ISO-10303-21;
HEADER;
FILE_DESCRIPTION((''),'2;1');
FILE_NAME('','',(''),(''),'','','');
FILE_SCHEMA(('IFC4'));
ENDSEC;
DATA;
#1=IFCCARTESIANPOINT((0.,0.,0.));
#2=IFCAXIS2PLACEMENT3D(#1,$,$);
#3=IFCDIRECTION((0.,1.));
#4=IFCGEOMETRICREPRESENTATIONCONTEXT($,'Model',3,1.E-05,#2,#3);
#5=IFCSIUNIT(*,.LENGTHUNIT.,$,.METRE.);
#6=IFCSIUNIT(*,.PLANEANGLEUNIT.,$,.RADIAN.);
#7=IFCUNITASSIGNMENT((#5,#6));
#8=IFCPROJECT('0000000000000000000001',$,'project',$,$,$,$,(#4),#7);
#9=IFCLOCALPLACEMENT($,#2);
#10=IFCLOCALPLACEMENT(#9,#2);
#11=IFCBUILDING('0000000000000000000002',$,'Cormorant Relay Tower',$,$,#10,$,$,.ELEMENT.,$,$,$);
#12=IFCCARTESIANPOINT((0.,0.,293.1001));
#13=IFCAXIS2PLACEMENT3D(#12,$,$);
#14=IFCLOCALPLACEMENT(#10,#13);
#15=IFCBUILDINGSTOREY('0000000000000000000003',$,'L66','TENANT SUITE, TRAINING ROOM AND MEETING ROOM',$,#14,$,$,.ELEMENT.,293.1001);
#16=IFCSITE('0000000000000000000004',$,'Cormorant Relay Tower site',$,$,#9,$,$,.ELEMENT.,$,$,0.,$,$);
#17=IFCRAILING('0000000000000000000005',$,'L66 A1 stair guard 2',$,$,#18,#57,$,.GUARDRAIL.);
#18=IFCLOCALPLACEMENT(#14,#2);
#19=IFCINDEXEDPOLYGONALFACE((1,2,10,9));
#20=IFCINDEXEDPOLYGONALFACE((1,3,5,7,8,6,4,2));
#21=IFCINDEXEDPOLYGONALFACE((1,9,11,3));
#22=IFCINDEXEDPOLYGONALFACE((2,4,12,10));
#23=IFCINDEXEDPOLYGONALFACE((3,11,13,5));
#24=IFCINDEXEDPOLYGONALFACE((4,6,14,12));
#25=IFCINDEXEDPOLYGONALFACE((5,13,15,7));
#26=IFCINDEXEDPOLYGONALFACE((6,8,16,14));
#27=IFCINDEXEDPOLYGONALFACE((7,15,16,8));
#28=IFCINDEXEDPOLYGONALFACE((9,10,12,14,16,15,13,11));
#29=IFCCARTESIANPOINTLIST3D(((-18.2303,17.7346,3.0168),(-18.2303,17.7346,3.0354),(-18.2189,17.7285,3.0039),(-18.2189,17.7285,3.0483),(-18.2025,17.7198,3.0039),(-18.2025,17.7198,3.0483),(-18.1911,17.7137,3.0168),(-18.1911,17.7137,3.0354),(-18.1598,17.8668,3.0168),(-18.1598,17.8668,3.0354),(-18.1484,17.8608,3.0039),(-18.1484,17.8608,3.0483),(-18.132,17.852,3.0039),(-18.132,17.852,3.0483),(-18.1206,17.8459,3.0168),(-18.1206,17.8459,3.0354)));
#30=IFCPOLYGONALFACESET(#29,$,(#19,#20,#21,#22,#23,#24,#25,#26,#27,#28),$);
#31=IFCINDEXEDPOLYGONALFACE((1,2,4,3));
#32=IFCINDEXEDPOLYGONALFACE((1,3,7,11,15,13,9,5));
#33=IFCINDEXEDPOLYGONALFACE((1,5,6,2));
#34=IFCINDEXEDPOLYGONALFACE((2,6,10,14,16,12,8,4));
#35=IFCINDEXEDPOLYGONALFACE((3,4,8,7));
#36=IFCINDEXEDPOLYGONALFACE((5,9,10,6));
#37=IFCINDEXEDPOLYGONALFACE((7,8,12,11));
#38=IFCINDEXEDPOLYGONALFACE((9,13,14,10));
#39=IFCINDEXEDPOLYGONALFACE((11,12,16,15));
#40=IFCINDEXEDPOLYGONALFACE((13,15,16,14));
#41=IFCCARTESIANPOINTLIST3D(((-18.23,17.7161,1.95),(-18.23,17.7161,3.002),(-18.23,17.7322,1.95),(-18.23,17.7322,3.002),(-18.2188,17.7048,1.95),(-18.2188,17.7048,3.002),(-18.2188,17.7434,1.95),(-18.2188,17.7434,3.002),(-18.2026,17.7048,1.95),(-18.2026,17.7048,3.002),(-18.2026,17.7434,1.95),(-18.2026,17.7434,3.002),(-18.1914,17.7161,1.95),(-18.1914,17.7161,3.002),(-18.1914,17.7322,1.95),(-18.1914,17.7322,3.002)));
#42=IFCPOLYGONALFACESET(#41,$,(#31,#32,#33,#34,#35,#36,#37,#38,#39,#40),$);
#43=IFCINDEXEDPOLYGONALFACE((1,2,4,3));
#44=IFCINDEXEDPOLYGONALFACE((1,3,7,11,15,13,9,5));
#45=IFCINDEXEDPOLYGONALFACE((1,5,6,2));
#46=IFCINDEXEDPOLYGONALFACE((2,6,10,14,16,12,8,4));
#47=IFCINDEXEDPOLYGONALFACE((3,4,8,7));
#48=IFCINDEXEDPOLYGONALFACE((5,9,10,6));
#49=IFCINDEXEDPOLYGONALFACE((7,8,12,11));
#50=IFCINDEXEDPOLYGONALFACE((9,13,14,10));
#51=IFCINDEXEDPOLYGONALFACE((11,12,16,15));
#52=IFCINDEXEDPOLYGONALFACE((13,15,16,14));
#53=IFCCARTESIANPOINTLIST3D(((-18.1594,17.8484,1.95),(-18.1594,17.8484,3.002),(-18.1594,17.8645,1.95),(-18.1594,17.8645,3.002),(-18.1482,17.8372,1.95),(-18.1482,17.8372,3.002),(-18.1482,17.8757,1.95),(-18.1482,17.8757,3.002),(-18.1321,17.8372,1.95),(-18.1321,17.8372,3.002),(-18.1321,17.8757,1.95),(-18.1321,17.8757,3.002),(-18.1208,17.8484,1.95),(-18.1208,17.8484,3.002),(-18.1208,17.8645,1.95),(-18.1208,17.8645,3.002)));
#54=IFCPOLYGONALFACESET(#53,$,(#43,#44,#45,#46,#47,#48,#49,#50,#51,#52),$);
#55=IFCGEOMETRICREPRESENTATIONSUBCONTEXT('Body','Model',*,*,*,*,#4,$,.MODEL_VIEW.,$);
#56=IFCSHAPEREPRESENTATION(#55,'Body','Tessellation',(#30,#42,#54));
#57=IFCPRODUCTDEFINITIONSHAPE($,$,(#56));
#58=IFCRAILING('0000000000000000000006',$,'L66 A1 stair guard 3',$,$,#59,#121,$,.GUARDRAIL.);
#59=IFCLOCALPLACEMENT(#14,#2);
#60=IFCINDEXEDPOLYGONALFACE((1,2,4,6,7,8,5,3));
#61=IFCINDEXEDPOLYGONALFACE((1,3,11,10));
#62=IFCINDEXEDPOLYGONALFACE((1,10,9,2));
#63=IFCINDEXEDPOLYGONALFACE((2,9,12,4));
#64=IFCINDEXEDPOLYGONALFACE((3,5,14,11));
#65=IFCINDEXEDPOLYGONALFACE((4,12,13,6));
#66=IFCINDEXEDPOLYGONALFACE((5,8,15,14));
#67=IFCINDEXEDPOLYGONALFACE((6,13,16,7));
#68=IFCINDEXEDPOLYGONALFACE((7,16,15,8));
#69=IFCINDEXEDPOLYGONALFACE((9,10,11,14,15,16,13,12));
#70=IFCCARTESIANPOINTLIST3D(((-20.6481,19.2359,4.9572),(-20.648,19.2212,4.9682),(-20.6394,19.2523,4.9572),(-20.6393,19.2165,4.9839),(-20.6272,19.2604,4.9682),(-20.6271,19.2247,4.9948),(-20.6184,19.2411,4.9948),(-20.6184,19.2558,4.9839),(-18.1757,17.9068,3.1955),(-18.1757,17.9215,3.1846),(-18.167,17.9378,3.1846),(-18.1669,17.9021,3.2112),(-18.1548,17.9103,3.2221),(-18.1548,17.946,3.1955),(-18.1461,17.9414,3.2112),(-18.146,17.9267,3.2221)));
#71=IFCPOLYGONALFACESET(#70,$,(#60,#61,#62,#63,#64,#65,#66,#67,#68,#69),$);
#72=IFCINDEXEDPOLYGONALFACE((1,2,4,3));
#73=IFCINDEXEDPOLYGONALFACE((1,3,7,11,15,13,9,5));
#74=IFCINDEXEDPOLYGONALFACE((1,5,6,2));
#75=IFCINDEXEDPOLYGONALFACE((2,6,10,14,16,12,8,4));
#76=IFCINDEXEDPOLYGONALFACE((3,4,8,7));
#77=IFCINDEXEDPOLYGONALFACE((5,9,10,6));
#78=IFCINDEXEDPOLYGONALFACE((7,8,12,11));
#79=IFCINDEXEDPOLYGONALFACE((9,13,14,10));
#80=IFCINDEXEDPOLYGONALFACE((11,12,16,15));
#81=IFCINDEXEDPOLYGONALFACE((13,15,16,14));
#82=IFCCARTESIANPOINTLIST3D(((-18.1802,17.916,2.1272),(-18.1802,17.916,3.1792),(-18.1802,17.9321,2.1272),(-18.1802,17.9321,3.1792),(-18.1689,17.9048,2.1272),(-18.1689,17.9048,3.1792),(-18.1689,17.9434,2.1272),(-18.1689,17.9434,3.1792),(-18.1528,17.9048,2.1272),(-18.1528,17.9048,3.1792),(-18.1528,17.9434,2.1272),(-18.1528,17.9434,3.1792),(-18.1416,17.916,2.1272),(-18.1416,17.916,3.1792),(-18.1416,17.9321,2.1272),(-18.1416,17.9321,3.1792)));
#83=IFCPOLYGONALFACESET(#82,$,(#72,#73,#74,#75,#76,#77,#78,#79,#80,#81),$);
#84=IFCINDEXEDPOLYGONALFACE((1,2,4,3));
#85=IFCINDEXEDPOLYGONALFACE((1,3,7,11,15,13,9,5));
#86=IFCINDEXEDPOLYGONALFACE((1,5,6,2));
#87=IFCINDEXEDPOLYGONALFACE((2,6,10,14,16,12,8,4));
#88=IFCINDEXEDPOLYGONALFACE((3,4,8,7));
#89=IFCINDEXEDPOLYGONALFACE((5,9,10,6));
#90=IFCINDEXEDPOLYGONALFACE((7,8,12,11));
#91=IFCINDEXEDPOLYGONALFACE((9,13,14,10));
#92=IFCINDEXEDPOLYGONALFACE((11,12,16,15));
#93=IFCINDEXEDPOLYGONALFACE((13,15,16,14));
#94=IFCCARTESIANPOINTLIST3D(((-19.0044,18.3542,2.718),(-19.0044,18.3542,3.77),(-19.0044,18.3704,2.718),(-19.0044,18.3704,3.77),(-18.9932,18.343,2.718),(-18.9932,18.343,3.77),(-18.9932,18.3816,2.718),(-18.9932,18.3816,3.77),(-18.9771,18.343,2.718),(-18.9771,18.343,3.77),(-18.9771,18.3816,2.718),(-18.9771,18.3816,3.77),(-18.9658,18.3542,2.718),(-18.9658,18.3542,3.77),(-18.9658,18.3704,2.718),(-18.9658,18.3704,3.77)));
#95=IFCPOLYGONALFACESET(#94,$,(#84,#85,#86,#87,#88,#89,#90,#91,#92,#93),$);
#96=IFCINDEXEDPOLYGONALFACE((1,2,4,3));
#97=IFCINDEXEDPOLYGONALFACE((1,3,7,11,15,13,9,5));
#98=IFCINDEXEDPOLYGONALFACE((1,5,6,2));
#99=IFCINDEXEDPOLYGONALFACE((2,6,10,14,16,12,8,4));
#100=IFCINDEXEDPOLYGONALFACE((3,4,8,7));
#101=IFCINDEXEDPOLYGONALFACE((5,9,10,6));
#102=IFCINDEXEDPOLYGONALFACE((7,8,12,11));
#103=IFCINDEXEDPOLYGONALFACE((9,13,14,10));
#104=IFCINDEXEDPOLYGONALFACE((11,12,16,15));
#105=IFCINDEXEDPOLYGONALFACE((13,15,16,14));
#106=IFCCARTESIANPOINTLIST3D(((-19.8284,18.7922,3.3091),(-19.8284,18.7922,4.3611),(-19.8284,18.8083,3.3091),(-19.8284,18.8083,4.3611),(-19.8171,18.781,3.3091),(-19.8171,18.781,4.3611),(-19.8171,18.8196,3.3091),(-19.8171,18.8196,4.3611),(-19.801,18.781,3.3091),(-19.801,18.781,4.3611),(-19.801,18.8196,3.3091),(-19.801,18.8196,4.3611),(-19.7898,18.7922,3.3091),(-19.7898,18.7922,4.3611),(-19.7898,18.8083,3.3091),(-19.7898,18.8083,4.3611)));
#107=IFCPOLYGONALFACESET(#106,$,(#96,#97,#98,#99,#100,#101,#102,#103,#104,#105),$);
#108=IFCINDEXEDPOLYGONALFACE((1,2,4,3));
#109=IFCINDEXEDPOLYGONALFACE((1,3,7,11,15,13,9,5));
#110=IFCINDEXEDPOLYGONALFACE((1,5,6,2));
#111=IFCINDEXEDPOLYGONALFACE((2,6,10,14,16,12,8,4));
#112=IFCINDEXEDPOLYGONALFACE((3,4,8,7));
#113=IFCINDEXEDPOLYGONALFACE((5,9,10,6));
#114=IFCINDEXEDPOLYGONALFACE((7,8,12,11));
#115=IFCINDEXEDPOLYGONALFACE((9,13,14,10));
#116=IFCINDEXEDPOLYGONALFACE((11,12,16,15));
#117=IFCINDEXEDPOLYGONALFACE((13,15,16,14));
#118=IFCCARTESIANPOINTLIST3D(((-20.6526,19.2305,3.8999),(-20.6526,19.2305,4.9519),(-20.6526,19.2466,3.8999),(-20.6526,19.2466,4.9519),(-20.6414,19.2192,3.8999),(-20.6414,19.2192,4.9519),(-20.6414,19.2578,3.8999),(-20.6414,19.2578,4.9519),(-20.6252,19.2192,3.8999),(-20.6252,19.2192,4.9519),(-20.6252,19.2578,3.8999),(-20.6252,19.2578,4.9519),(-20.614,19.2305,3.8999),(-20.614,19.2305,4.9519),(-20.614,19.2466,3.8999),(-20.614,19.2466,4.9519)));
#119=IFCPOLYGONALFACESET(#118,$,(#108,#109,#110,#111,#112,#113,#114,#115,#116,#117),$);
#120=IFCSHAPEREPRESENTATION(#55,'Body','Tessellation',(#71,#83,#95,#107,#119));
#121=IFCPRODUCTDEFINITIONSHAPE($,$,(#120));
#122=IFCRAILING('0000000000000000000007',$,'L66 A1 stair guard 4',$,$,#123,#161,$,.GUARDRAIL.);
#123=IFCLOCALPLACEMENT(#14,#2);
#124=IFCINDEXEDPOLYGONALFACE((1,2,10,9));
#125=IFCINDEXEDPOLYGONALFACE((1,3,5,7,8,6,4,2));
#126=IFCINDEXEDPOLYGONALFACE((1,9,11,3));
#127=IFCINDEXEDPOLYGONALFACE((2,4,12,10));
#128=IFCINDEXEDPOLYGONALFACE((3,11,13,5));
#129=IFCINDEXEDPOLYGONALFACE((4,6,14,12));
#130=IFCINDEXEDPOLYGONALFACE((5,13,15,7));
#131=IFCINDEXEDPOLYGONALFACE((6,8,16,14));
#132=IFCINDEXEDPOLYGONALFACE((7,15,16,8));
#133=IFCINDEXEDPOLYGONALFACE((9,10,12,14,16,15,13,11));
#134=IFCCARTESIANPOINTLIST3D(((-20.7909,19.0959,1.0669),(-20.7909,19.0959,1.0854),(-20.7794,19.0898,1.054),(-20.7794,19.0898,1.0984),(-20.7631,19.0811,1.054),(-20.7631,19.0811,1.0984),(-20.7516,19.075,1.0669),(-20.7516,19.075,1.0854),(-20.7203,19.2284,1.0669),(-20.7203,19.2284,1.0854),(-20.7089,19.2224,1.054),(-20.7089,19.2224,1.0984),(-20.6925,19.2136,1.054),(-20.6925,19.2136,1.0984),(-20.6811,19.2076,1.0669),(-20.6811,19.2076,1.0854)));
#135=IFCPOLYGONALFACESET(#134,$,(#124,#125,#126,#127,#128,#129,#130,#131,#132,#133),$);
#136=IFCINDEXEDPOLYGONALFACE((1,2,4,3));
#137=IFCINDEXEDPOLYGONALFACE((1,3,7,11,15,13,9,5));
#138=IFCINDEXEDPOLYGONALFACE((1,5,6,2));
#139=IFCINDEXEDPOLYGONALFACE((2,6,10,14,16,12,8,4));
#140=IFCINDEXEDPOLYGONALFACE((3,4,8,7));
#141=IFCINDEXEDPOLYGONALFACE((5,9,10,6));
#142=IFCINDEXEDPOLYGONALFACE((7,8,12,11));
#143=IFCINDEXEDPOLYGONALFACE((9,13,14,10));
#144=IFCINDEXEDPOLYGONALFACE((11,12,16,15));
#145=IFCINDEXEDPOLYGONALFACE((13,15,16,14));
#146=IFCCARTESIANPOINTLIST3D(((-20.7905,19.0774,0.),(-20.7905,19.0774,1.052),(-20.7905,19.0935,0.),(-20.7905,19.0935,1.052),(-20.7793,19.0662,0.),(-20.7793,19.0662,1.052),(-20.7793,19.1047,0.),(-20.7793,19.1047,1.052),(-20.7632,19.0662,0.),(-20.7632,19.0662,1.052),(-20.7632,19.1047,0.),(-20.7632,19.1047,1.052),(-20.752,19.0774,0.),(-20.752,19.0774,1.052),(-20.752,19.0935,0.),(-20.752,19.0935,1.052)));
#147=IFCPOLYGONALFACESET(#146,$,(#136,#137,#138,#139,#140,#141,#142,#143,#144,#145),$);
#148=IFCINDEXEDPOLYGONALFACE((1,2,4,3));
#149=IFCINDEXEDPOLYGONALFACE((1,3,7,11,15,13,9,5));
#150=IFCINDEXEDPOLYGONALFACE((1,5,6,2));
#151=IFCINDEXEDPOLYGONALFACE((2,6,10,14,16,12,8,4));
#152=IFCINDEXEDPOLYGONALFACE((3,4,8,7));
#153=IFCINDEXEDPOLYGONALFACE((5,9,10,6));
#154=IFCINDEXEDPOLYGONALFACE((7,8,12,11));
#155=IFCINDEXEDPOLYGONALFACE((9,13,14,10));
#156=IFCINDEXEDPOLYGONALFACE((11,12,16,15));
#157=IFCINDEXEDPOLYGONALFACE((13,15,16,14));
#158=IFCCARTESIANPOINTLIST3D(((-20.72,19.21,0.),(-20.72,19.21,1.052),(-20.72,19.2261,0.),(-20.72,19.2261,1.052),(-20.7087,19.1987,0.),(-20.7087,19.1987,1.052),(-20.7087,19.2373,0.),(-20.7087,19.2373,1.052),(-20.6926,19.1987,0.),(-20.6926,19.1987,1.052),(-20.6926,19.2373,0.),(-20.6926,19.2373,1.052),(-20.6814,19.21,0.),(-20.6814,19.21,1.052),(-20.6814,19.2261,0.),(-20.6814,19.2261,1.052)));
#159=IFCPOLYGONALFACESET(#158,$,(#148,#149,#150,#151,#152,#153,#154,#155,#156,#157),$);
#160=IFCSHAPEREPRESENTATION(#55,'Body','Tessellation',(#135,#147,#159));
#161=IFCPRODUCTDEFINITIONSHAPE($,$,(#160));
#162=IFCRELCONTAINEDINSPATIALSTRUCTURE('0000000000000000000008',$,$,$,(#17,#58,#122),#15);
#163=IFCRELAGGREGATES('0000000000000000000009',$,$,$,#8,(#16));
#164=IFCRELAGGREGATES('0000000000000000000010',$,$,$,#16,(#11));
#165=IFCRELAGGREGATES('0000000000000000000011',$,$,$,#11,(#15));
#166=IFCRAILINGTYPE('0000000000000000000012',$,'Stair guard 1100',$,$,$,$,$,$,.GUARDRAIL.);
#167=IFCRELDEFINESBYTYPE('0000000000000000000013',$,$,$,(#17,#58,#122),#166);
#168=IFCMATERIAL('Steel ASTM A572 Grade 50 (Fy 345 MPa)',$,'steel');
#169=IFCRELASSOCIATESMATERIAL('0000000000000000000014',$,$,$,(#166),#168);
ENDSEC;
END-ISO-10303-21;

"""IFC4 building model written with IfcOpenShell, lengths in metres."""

from ifc_helpers import new_model, si_unit, direction, frame, origin, place, context, subcontext, project, spatial, polyline, outline, extrude, material, type_object, element, save


model = new_model("IFC4")

# Units and contexts
model_context = context("Model", 3, precision=1e-05, world=origin(), true_north=direction((0.0, 1.0)))
body_context = subcontext(model_context, "Body", "Model", "MODEL_VIEW")
ifc_project = project(units=[si_unit("LENGTHUNIT", "METRE"), si_unit("PLANEANGLEUNIT", "RADIAN")], contexts=[model_context])

# Site, building, storey
site_placement = place(None, origin())
site = spatial("IfcSite", under=ifc_project, at=site_placement, Name="Cormorant Relay Tower site", CompositionType="ELEMENT", RefElevation=0.0)
building_placement = place(site_placement, origin())
building = spatial("IfcBuilding", under=site, at=building_placement, Name="Cormorant Relay Tower", CompositionType="ELEMENT")
storey_placement = place(building_placement, frame((0.0, 0.0, 293.1001)))
storey = spatial("IfcBuildingStorey", under=building, at=storey_placement, Name="L66", Description="TENANT SUITE, TRAINING ROOM AND MEETING ROOM", CompositionType="ELEMENT", Elevation=293.1001)

# Railings
ifc_material_1 = material(Name="Steel ASTM A572 Grade 50 (Fy 345 MPa)", Category="steel")
railing_type_1 = type_object("IfcRailingType", Name="Stair guard 1100", PredefinedType="GUARDRAIL", material=ifc_material_1)
railing_1_placement = place(storey_placement, frame((-18.2107, 17.7241, 1.95)))
element("IfcRailing", 1, at=railing_1_placement, inside=storey, type_object=railing_type_1, Name="L66 A1 stair guard 2", PredefinedType="GUARDRAIL", context=body_context, shape_type="SweptSolid", body=[
    extrude(outline(polyline([(0.0222, 0.0093), (0.0093, 0.0222), (-0.0093, 0.0222), (-0.0222, 0.0093), (-0.0222, -0.0093), (-0.0093, -0.0222), (0.0093, -0.0222), (0.0222, -0.0093), (0.0222, 0.0093)])), frame((0.0, 0.0, 1.0762), z_axis=(0.470504, 0.882398, 0.0), x_axis=(-0.882398, 0.470504, 0.0)), (0.0, 0.0, 1.0), 0.1499),
    extrude(outline(polyline([(0.0193, 0.0081), (0.0081, 0.0193), (-0.0081, 0.0193), (-0.0193, 0.0081), (-0.0193, -0.0081), (-0.0081, -0.0193), (0.0081, -0.0193), (0.0193, -0.0081), (0.0193, 0.0081)])), origin(), (0.0, 0.0, 1.0), 1.052),
    extrude(outline(polyline([(0.0193, 0.0081), (0.0081, 0.0193), (-0.0081, 0.0193), (-0.0193, 0.0081), (-0.0193, -0.0081), (-0.0081, -0.0193), (0.0081, -0.0193), (0.0193, -0.0081), (0.0193, 0.0081)])), frame((0.0706, 0.1323, 0.0)), (0.0, 0.0, 1.0), 1.052),
])
railing_2_placement = place(storey_placement, frame((-18.1609, 17.9241, 2.1272)))
element("IfcRailing", 2, at=railing_2_placement, inside=storey, type_object=railing_type_1, Name="L66 A1 stair guard 3", PredefinedType="GUARDRAIL", context=body_context, shape_type="SweptSolid", body=[
    extrude(outline(polyline([(0.0222, 0.0093), (0.0093, 0.0222), (-0.0093, 0.0222), (-0.0222, 0.0093), (-0.0222, -0.0093), (-0.0093, -0.0222), (0.0093, -0.0222), (0.0222, -0.0093), (0.0222, 0.0093)])), frame((0.0, 0.0, 1.0762), z_axis=(-0.746034, 0.396627, 0.534902), x_axis=(-0.469429, -0.88297, 0.0)), (0.0, 0.0, 1.0), 3.314),
    extrude(outline(polyline([(0.0193, 0.0081), (0.0081, 0.0193), (-0.0081, 0.0193), (-0.0193, 0.0081), (-0.0193, -0.0081), (-0.0081, -0.0193), (0.0081, -0.0193), (0.0193, -0.0081), (0.0193, 0.0081)])), origin(), (0.0, 0.0, 1.0), 1.052),
    extrude(outline(polyline([(0.0193, 0.0081), (0.0081, 0.0193), (-0.0081, 0.0193), (-0.0193, 0.0081), (-0.0193, -0.0081), (-0.0081, -0.0193), (0.0081, -0.0193), (0.0193, -0.0081), (0.0193, 0.0081)])), frame((-0.8242, 0.4382, 0.5908)), (0.0, 0.0, 1.0), 1.052),
    extrude(outline(polyline([(0.0193, 0.0081), (0.0081, 0.0193), (-0.0081, 0.0193), (-0.0193, 0.0081), (-0.0193, -0.0081), (-0.0081, -0.0193), (0.0081, -0.0193), (0.0193, -0.0081), (0.0193, 0.0081)])), frame((-1.6482, 0.8762, 1.1819)), (0.0, 0.0, 1.0), 1.052),
    extrude(outline(polyline([(0.0193, 0.0081), (0.0081, 0.0193), (-0.0081, 0.0193), (-0.0193, 0.0081), (-0.0193, -0.0081), (-0.0081, -0.0193), (0.0081, -0.0193), (0.0193, -0.0081), (0.0193, 0.0081)])), frame((-2.4724, 1.3145, 1.7727)), (0.0, 0.0, 1.0), 1.052),
])
railing_3_placement = place(storey_placement, frame((-20.7712, 19.0854, 0.0)))
element("IfcRailing", 3, at=railing_3_placement, inside=storey, type_object=railing_type_1, Name="L66 A1 stair guard 4", PredefinedType="GUARDRAIL", context=body_context, shape_type="SweptSolid", body=[
    extrude(outline(polyline([(0.0222, 0.0093), (0.0093, 0.0222), (-0.0093, 0.0222), (-0.0222, 0.0093), (-0.0222, -0.0093), (-0.0093, -0.0222), (0.0093, -0.0222), (0.0222, -0.0093), (0.0222, 0.0093)])), frame((0.0, 0.0, 1.0762), z_axis=(0.469829, 0.882758, 0.0), x_axis=(-0.882758, 0.469829, 0.0)), (0.0, 0.0, 1.0), 0.1501),
    extrude(outline(polyline([(0.0193, 0.0081), (0.0081, 0.0193), (-0.0081, 0.0193), (-0.0193, 0.0081), (-0.0193, -0.0081), (-0.0081, -0.0193), (0.0081, -0.0193), (0.0193, -0.0081), (0.0193, 0.0081)])), origin(), (0.0, 0.0, 1.0), 1.052),
    extrude(outline(polyline([(0.0193, 0.0081), (0.0081, 0.0193), (-0.0081, 0.0193), (-0.0193, 0.0081), (-0.0193, -0.0081), (-0.0081, -0.0193), (0.0081, -0.0193), (0.0193, -0.0081), (0.0193, 0.0081)])), frame((0.0706, 0.1326, 0.0)), (0.0, 0.0, 1.0), 1.052),
])

save(model, "model.ifc")
